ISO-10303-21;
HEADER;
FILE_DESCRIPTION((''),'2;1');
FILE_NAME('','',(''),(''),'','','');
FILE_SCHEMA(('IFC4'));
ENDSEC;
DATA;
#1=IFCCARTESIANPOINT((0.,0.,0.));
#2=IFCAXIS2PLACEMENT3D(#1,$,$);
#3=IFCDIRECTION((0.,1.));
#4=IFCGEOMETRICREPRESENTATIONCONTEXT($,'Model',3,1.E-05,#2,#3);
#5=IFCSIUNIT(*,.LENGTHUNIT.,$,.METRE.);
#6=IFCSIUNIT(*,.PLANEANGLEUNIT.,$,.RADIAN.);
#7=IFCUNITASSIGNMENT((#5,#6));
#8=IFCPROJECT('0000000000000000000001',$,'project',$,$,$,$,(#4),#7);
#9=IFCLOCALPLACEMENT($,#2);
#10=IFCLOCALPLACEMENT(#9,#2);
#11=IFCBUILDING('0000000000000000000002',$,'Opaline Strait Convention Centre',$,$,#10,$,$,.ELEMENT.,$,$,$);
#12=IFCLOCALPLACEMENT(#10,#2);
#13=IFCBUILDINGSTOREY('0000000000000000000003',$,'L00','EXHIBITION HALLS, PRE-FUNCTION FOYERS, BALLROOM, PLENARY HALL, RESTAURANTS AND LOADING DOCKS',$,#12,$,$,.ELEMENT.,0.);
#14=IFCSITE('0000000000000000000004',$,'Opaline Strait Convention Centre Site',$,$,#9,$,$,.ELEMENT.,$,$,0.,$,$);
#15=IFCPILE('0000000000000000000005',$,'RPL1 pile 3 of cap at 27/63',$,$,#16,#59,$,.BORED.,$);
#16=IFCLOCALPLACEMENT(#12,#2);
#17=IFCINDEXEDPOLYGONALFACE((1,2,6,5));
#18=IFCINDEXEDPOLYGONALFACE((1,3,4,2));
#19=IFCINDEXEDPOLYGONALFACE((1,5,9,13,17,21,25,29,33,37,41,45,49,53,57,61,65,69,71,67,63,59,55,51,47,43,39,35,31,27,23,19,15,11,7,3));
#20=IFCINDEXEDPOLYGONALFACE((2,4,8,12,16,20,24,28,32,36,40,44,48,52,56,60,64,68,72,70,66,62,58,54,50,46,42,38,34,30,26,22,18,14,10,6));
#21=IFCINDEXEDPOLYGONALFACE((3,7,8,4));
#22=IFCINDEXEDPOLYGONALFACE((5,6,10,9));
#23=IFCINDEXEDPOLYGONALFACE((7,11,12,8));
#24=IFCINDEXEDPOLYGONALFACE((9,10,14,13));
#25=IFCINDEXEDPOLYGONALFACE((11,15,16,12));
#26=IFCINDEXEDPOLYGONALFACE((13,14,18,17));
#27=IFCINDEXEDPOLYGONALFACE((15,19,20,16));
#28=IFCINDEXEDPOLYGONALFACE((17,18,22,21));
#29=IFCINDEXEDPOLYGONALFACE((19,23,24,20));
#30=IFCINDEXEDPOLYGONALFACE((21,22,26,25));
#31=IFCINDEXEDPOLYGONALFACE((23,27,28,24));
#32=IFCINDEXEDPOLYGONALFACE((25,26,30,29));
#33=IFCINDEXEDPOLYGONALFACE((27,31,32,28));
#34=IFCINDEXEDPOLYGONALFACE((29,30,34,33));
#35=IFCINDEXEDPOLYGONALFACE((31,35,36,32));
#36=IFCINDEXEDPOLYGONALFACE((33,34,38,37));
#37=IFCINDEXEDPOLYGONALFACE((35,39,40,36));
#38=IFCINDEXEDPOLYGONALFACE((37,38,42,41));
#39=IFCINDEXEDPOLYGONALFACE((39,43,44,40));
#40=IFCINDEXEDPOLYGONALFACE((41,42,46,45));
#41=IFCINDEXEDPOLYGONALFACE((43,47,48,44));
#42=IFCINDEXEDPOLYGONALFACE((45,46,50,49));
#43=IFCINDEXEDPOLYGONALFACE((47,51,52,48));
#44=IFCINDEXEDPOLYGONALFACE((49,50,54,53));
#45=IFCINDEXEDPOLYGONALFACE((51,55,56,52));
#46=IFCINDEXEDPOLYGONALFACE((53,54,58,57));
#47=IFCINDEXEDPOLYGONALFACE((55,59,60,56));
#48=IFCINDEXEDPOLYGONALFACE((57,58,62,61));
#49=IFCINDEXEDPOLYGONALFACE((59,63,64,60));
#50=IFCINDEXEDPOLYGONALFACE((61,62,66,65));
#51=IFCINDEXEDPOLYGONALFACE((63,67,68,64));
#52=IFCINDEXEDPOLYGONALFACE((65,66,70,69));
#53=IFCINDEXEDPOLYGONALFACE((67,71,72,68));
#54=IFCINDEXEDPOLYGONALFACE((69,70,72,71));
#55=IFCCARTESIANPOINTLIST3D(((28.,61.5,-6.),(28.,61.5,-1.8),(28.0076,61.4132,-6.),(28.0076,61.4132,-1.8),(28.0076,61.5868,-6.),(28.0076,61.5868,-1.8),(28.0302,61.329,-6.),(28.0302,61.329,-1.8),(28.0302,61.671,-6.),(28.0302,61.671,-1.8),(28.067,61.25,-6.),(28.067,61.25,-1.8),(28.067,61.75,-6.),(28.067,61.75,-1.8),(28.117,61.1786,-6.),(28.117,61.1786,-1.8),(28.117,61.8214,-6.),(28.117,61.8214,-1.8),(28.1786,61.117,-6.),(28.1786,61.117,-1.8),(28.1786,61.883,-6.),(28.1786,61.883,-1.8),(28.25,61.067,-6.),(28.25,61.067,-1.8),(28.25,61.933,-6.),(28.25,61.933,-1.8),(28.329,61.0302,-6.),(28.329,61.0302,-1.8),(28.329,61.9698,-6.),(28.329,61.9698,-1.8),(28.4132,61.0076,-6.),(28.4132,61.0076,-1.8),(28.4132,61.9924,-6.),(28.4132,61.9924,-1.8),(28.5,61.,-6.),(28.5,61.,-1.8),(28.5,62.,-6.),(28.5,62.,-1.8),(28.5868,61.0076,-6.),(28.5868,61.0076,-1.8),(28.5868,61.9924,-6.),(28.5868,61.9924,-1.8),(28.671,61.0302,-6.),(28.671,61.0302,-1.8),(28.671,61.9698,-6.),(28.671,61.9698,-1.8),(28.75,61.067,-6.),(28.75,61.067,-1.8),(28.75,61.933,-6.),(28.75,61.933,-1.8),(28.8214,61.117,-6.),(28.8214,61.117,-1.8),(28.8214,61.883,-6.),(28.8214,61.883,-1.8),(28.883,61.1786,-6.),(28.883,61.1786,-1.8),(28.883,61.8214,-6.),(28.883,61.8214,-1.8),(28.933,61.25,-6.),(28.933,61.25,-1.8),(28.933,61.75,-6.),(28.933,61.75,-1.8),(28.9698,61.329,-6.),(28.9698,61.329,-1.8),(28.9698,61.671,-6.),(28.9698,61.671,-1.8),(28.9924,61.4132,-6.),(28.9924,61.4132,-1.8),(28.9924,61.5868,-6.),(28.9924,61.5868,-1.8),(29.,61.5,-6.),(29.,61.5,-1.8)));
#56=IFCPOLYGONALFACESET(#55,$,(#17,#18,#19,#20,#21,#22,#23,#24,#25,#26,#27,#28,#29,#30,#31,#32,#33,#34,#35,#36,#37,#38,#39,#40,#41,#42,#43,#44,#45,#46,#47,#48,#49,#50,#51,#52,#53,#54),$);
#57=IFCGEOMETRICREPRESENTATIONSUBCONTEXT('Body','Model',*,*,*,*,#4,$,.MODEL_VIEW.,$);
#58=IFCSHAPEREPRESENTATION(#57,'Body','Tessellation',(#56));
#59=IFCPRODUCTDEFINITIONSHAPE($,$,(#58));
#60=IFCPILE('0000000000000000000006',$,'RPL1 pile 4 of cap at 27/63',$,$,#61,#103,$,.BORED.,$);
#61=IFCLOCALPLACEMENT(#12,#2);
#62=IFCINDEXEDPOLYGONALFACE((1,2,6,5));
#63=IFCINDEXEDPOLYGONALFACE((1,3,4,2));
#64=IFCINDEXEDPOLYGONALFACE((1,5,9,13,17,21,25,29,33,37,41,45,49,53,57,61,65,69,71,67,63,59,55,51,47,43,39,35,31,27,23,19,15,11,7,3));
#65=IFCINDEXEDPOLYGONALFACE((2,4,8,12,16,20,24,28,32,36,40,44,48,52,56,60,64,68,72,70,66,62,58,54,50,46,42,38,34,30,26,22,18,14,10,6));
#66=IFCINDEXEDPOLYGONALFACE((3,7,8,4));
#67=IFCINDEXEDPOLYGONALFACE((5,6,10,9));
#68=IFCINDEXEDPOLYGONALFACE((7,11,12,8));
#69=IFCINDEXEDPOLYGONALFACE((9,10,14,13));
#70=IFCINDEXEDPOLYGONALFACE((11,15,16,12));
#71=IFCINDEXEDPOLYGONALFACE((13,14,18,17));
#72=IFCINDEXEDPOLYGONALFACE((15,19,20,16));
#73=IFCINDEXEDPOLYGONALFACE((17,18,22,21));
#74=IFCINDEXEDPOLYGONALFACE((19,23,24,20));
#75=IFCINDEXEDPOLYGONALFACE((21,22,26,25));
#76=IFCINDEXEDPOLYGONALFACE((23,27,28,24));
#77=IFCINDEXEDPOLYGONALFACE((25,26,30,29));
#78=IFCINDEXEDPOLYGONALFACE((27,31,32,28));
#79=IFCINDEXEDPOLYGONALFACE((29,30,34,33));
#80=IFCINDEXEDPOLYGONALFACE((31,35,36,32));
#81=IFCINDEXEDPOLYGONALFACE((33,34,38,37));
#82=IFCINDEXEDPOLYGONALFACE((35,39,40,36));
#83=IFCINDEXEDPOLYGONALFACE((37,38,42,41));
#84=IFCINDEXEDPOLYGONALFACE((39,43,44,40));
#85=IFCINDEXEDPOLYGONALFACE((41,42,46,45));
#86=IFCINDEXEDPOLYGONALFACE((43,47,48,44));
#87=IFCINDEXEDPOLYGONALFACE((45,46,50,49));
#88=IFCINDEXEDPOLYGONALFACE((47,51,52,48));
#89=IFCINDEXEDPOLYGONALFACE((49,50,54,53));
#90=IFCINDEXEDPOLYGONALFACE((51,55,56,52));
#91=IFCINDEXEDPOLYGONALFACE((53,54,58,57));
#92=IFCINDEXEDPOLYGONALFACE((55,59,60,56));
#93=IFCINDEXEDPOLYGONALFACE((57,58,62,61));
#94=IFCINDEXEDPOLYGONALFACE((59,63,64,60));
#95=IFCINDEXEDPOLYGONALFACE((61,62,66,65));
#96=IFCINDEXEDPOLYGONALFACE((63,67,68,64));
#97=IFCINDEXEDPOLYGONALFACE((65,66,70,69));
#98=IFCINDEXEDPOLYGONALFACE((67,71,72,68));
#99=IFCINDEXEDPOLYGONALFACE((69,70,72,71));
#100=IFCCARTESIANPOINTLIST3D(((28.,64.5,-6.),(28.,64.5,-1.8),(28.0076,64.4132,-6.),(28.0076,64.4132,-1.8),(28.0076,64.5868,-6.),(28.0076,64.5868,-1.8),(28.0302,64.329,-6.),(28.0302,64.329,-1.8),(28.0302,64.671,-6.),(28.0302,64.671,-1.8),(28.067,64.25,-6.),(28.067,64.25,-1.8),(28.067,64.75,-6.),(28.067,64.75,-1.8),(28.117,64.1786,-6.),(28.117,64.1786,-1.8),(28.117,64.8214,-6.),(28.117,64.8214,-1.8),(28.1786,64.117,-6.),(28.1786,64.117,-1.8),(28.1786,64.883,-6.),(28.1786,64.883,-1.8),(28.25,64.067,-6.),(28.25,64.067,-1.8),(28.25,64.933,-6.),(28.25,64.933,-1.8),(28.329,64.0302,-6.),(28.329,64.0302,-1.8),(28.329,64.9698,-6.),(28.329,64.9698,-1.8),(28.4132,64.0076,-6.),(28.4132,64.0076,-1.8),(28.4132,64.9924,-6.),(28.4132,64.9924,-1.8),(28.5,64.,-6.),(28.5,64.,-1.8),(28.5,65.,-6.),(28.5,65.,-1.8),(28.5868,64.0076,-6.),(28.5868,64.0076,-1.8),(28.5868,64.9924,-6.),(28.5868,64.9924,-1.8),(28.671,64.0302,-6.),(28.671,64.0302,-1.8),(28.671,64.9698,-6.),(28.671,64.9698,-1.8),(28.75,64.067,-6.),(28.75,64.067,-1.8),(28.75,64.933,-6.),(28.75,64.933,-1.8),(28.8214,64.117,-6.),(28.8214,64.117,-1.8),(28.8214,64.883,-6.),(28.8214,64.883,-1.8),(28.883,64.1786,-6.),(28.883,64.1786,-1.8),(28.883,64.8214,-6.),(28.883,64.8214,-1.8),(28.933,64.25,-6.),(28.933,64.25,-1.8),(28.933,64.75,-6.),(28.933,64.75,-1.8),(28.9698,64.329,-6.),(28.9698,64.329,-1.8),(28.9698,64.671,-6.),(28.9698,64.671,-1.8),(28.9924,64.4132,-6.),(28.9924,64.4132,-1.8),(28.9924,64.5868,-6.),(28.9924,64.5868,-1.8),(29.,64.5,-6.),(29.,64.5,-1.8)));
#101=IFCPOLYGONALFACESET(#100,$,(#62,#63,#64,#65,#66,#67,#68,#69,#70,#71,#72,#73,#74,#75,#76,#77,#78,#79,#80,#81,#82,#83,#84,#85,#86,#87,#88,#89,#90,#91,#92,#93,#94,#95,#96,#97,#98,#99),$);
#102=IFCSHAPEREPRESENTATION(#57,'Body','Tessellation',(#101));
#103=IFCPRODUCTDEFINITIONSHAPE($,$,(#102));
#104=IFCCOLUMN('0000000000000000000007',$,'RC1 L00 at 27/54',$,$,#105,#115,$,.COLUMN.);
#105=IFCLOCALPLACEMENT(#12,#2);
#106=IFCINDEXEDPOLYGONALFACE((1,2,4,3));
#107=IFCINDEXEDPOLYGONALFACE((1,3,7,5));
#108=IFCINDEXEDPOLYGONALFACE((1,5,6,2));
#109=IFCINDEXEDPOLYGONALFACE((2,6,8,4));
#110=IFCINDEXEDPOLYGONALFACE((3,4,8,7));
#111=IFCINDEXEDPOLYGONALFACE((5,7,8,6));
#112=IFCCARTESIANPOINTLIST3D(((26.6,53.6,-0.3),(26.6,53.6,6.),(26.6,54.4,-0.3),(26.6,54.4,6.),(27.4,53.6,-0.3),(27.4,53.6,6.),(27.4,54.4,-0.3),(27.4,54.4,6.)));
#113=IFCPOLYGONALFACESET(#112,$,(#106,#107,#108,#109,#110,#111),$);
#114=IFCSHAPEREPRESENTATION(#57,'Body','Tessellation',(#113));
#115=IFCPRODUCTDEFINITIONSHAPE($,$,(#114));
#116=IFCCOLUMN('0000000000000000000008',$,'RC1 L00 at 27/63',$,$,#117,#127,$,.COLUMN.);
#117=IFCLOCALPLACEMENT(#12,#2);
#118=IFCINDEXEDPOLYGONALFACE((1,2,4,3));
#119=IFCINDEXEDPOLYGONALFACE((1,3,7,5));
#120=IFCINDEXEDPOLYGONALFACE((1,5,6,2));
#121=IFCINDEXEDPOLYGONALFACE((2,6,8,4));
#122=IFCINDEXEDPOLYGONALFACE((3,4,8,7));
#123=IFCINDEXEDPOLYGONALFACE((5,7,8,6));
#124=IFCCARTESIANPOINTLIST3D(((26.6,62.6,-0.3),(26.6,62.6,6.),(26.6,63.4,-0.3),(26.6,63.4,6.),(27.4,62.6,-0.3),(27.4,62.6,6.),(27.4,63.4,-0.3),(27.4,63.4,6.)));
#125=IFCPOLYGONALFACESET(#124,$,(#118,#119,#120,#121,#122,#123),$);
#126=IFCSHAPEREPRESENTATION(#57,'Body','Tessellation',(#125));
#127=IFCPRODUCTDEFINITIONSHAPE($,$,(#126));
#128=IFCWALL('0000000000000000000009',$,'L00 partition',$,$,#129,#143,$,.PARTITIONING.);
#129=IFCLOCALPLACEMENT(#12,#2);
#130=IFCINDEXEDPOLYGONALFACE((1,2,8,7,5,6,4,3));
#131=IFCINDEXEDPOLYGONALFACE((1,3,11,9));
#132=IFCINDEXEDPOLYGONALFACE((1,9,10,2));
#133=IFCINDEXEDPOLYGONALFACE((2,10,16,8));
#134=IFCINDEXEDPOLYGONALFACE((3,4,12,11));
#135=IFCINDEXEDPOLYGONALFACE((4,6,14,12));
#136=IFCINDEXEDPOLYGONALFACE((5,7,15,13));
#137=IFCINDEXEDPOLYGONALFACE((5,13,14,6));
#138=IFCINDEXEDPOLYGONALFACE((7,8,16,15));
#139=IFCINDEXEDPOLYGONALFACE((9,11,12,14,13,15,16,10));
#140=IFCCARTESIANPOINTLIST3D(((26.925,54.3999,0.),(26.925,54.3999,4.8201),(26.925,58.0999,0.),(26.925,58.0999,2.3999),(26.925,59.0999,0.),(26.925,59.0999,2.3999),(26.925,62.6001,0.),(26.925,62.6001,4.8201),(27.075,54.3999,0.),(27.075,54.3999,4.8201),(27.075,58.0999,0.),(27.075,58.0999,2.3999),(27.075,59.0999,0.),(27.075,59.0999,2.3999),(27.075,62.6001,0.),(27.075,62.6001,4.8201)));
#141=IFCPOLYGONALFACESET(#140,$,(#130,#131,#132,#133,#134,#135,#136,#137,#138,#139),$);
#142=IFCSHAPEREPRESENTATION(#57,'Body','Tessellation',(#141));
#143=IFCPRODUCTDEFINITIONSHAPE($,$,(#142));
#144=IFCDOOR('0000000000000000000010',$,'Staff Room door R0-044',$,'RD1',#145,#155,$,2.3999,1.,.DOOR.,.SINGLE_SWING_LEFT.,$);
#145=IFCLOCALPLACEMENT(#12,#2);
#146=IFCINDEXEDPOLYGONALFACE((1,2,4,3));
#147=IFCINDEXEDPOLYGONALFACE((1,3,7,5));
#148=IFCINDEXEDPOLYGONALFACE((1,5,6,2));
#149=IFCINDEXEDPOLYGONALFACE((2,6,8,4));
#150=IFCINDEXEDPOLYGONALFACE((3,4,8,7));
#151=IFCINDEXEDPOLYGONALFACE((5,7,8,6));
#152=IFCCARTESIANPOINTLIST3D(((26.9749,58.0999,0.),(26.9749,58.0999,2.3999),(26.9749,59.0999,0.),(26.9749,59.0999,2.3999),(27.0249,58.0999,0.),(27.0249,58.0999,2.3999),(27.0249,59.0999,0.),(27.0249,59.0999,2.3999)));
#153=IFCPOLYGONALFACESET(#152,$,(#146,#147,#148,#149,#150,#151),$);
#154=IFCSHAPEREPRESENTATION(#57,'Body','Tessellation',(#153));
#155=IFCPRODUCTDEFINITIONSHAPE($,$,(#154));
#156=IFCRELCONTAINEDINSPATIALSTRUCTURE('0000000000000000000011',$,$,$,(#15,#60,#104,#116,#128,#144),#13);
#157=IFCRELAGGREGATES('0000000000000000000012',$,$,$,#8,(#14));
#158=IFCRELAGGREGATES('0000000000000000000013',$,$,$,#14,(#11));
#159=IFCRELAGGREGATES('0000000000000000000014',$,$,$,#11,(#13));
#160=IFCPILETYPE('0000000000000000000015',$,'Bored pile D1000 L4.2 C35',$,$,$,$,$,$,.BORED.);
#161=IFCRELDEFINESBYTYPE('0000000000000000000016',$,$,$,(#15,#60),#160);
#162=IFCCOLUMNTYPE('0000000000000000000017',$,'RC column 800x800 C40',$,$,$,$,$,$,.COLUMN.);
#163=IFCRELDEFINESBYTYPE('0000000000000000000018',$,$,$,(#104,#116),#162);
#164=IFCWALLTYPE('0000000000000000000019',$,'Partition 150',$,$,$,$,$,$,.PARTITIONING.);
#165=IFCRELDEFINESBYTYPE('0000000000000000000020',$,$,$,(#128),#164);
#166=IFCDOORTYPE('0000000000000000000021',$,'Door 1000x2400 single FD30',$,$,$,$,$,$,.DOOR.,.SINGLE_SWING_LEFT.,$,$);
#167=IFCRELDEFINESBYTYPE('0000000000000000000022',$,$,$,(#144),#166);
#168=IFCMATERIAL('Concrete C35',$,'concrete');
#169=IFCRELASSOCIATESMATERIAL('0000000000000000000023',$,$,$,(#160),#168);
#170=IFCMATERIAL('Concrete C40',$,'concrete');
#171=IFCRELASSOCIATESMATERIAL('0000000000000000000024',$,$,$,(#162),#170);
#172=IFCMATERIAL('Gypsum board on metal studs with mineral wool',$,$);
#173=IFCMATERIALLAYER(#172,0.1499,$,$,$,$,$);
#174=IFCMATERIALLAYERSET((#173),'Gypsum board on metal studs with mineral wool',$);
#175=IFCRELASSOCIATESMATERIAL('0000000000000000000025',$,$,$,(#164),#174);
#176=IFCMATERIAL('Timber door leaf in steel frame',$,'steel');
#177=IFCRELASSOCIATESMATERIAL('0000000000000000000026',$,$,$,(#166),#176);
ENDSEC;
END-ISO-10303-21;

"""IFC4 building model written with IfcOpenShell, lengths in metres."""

from ifc_helpers import new_model, si_unit, direction, frame, frame_2d, origin, origin_2d, place, context, subcontext, project, spatial, rectangle, circle, extrude, material, layer, layer_set, material_profile, profile_set, type_object, element, fill, save


model = new_model("IFC4")

# Units and contexts
model_context = context("Model", 3, precision=1e-05, world=origin(), true_north=direction((0.0, 1.0)))
body_context = subcontext(model_context, "Body", "Model", "MODEL_VIEW")
ifc_project = project(units=[si_unit("LENGTHUNIT", "METRE"), si_unit("PLANEANGLEUNIT", "RADIAN")], contexts=[model_context])

# Site, building, storey
site_placement = place(None, origin())
site = spatial("IfcSite", under=ifc_project, at=site_placement, Name="Opaline Strait Convention Centre Site", CompositionType="ELEMENT", RefElevation=0.0)
building_placement = place(site_placement, origin())
building = spatial("IfcBuilding", under=site, at=building_placement, Name="Opaline Strait Convention Centre", CompositionType="ELEMENT")
storey_placement = place(building_placement, origin())
storey = spatial("IfcBuildingStorey", under=building, at=storey_placement, Name="L00", Description="EXHIBITION HALLS, PRE-FUNCTION FOYERS, BALLROOM, PLENARY HALL, RESTAURANTS AND LOADING DOCKS", CompositionType="ELEMENT", Elevation=0.0)

# Piles
ifc_material_1 = material(Name="Concrete C35", Category="concrete")
ifc_material_profile_1 = material_profile(ifc_material_1, circle(Radius=0.5, at=origin_2d()), Name="D1000")
ifc_profile_set_1 = profile_set([ifc_material_profile_1], Name="Concrete C35")
pile_type = type_object("IfcPileType", Name="Bored pile D1000 L4.2 C35", PredefinedType="BORED", material=ifc_profile_set_1)
for number, where, z_axis, x_axis, name in (
    (1, (28.5, 61.5, -1.8), (0.0, 0.0, -1.0), (1.0, 0.0, 0.0), "RPL1 pile 3 of cap at 27/63"),
    (2, (28.5, 64.5, -1.8), (0.0, 0.0, -1.0), (1.0, 0.0, 0.0), "RPL1 pile 4 of cap at 27/63"),
):
    element("IfcPile", number, at=place(storey_placement, frame(where, z_axis=z_axis, x_axis=x_axis)), inside=storey, type_object=pile_type, Name=name, PredefinedType="BORED", context=body_context, shape_type="SweptSolid", body=[
        extrude(circle(Radius=0.5, at=origin_2d()), origin(), (0.0, 0.0, 1.0), 4.2),
    ])

# Columns
ifc_material_2 = material(Name="Concrete C40", Category="concrete")
ifc_material_profile_2 = material_profile(ifc_material_2, rectangle(XDim=0.8, YDim=0.8, at=origin_2d()), Name="RC 800x800")
ifc_profile_set_2 = profile_set([ifc_material_profile_2], Name="Concrete C40")
column_type = type_object("IfcColumnType", Name="RC column 800x800 C40", PredefinedType="COLUMN", material=ifc_profile_set_2)
for number, where, z_axis, x_axis, name in (
    (3, (27.0, 54.0, -0.3), (0.0, 0.0, 1.0), (1.0, 0.0, 0.0), "RC1 L00 at 27/54"),
    (4, (27.0, 63.0, -0.3), (0.0, 0.0, 1.0), (1.0, 0.0, 0.0), "RC1 L00 at 27/63"),
):
    element("IfcColumn", number, at=place(storey_placement, frame(where, z_axis=z_axis, x_axis=x_axis)), inside=storey, type_object=column_type, Name=name, PredefinedType="COLUMN", context=body_context, shape_type="SweptSolid", body=[
        extrude(rectangle(XDim=0.8, YDim=0.8, at=origin_2d()), origin(), (0.0, 0.0, 1.0), 6.3),
    ])

# Wall, opening, door
ifc_material_3 = material(Name="Gypsum board on metal studs with mineral wool")
ifc_layer_1 = layer(ifc_material_3, 0.1499)
ifc_layer_set_1 = layer_set([ifc_layer_1], Name="Gypsum board on metal studs with mineral wool")
wall_type_1 = type_object("IfcWallType", Name="Partition 150", PredefinedType="PARTITIONING", material=ifc_layer_set_1)
wall_1_placement = place(storey_placement, frame((27.0, 54.3999, 0.0), z_axis=(0.0, 0.0, 1.0), x_axis=(0.0, 1.0, 0.0)))
wall_1 = element("IfcWall", 5, at=wall_1_placement, inside=storey, type_object=wall_type_1, Name="L00 partition", PredefinedType="PARTITIONING", context=body_context, shape_type="SweptSolid", body=[
    extrude(rectangle(XDim=8.2002, YDim=0.1499, at=frame_2d((4.1001, 0.0))), origin(), (0.0, 0.0, 1.0), 4.8201),
])
opening_1_placement = place(wall_1_placement, frame((3.7, 0.0, 0.0)))
opening_1 = element("IfcOpeningElement", 6, at=opening_1_placement, cuts=wall_1, PredefinedType="OPENING", context=body_context, shape_type="SweptSolid", body=[
    extrude(rectangle(XDim=1.0, YDim=2.3999, at=frame_2d((0.5, 1.2))), frame((0.0, 0.085, 0.0), z_axis=(0.0, -1.0, 0.0), x_axis=(1.0, 0.0, 0.0)), (0.0, 0.0, 1.0), 0.1699),
])
ifc_material_4 = material(Name="Timber door leaf in steel frame", Category="steel")
door_type_1 = type_object("IfcDoorType", Name="Door 1000x2400 single FD30", OperationType="SINGLE_SWING_LEFT", PredefinedType="DOOR", material=ifc_material_4)
door_1_placement = place(opening_1_placement, frame((1.0, 0.0, 0.0), z_axis=(0.0, 0.0, 1.0), x_axis=(-1.0, 0.0, 0.0)))
door_1 = element("IfcDoor", 7, at=door_1_placement, inside=storey, type_object=door_type_1, Name="Staff Room door R0-044", ObjectType="RD1", OperationType="SINGLE_SWING_LEFT", OverallHeight=2.3999, OverallWidth=1.0, PredefinedType="DOOR", context=body_context, shape_type="SweptSolid", body=[
    extrude(rectangle(XDim=1.0, YDim=2.3999, at=frame_2d((0.5, 1.2))), frame((0.0, 0.0249, 0.0), z_axis=(0.0, -1.0, 0.0), x_axis=(1.0, 0.0, 0.0)), (0.0, 0.0, 1.0), 0.05),
])
fill(opening_1, door_1)

save(model, "model.ifc")
